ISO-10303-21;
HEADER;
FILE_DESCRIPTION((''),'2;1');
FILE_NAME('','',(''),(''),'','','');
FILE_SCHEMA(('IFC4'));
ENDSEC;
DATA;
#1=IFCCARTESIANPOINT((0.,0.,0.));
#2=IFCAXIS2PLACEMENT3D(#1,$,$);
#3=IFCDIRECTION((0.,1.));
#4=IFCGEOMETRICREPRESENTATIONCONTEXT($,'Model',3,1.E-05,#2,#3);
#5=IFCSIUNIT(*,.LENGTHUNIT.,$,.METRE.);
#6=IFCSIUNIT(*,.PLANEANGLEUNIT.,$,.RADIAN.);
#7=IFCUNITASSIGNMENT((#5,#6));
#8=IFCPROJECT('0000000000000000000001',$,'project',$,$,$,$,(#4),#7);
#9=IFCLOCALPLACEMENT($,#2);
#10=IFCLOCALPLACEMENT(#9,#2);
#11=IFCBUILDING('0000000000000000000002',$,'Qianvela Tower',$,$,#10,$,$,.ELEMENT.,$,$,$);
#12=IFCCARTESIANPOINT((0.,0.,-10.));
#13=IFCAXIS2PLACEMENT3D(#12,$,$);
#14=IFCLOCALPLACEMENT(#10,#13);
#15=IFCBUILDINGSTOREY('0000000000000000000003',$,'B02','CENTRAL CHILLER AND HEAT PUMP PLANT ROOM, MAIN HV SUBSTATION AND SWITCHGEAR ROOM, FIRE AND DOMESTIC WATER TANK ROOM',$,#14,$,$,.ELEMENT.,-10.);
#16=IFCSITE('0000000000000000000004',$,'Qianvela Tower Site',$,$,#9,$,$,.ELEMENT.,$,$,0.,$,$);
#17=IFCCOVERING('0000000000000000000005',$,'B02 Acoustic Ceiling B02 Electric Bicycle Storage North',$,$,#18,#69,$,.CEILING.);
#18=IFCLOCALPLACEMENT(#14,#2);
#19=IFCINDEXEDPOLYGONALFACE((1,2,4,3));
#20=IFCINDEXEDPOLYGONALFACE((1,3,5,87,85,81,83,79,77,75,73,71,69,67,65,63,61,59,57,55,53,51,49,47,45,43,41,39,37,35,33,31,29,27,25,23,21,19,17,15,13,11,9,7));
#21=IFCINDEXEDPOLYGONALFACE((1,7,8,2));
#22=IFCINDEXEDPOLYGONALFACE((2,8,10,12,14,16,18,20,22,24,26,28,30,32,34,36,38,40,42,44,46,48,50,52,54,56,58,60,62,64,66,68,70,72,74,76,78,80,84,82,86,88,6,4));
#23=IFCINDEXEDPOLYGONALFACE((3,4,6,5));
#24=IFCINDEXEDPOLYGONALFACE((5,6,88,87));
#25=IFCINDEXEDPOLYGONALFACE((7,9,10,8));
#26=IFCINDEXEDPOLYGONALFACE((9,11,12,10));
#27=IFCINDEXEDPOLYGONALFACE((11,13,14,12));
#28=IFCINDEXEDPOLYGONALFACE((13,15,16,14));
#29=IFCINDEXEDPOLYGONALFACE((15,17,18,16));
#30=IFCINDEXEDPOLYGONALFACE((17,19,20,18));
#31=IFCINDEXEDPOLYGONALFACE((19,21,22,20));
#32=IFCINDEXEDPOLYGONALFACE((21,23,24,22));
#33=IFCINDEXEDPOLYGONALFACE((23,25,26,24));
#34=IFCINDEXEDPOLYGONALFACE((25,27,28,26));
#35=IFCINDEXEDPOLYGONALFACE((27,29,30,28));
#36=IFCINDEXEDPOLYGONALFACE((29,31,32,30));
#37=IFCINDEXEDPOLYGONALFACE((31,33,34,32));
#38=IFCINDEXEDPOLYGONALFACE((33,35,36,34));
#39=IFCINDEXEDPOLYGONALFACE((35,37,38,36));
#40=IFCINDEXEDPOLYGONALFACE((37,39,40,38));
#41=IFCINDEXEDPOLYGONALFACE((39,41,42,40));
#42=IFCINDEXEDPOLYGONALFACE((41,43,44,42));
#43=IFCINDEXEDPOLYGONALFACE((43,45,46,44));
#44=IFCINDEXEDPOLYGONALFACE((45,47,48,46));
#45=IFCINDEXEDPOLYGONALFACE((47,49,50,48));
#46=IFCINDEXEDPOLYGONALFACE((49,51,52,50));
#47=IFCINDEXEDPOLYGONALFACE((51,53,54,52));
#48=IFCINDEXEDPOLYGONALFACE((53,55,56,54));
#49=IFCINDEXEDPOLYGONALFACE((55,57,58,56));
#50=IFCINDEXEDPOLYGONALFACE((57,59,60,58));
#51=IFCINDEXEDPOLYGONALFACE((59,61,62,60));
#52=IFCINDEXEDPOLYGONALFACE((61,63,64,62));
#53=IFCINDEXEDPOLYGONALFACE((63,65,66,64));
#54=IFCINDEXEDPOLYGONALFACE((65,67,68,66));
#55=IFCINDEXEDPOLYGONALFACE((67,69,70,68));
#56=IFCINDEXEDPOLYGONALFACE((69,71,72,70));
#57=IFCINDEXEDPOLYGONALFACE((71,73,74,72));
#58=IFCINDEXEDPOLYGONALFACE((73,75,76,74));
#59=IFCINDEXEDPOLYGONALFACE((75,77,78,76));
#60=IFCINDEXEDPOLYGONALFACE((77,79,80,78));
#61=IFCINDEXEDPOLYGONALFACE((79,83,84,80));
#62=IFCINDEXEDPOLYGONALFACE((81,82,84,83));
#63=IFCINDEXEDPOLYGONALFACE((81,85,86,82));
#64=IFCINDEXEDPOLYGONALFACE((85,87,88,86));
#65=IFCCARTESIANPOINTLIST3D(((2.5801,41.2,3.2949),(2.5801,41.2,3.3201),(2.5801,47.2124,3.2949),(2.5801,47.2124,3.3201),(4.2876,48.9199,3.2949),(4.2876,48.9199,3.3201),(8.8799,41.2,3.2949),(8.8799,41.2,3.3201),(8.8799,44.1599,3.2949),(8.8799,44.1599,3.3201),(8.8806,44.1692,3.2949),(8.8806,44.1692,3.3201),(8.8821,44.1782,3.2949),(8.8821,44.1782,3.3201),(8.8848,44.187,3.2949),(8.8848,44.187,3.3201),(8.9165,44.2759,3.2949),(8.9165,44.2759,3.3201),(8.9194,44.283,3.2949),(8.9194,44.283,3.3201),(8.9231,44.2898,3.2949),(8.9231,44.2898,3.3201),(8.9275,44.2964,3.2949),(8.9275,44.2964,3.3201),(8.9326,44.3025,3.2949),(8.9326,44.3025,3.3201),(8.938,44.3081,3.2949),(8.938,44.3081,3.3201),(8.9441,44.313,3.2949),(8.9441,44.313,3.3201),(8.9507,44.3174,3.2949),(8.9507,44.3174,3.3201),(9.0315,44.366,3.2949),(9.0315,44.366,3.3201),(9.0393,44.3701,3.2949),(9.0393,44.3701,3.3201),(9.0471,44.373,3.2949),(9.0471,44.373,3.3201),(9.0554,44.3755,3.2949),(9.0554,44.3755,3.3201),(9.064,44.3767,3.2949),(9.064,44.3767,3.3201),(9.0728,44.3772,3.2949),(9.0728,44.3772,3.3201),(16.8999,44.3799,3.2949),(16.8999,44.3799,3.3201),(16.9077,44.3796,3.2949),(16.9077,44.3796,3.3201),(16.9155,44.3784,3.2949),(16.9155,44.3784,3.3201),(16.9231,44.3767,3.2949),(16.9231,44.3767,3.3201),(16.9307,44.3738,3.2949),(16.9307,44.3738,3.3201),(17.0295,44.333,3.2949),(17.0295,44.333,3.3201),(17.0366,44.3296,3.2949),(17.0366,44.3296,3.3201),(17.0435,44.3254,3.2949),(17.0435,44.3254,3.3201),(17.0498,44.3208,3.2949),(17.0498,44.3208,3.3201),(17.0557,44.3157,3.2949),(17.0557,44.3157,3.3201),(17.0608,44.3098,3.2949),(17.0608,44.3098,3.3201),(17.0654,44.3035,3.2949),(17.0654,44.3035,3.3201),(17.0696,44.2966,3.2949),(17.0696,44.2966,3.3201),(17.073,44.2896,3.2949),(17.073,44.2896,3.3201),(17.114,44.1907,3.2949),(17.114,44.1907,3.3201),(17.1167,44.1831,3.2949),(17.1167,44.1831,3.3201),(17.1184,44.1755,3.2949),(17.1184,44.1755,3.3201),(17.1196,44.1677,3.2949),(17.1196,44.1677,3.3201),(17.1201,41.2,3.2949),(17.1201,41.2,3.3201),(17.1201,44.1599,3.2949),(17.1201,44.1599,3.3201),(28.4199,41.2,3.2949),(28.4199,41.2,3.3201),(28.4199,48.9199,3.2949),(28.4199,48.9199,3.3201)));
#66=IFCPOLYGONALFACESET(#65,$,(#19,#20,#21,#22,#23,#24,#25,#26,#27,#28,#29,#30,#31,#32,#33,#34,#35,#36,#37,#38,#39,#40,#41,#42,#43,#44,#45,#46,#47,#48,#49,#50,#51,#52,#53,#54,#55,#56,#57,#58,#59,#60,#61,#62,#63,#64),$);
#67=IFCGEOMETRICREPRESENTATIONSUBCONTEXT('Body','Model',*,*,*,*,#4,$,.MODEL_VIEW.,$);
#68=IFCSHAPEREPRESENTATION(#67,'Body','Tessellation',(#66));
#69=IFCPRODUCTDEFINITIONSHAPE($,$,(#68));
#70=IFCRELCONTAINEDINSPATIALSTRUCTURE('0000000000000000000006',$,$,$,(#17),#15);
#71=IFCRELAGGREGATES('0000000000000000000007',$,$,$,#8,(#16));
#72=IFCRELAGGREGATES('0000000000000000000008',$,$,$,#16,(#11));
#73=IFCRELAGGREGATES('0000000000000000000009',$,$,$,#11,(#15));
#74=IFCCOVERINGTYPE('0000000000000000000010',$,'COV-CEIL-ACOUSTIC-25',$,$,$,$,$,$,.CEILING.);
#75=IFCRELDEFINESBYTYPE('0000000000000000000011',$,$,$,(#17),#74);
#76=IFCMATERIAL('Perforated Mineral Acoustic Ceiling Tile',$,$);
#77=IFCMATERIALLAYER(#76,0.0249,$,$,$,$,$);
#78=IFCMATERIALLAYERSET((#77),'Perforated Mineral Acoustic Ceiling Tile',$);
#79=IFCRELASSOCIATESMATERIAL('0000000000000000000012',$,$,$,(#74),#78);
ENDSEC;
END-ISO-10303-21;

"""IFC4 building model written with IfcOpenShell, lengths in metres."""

from ifc_helpers import new_model, si_unit, direction, frame, origin, place, context, subcontext, project, spatial, polyline, outline, extrude, material, layer, layer_set, type_object, element, save


model = new_model("IFC4")

# Units and contexts
model_context = context("Model", 3, precision=1e-05, world=origin(), true_north=direction((0.0, 1.0)))
body_context = subcontext(model_context, "Body", "Model", "MODEL_VIEW")
ifc_project = project(units=[si_unit("LENGTHUNIT", "METRE"), si_unit("PLANEANGLEUNIT", "RADIAN")], contexts=[model_context])

# Site, building, storey
site_placement = place(None, origin())
site = spatial("IfcSite", under=ifc_project, at=site_placement, Name="Qianvela Tower Site", CompositionType="ELEMENT", RefElevation=0.0)
building_placement = place(site_placement, origin())
building = spatial("IfcBuilding", under=site, at=building_placement, Name="Qianvela Tower", CompositionType="ELEMENT")
storey_placement = place(building_placement, frame((0.0, 0.0, -10.0)))
storey = spatial("IfcBuildingStorey", under=building, at=storey_placement, Name="B02", Description="CENTRAL CHILLER AND HEAT PUMP PLANT ROOM, MAIN HV SUBSTATION AND SWITCHGEAR ROOM, FIRE AND DOMESTIC WATER TANK ROOM", CompositionType="ELEMENT", Elevation=-10.0)

# Covering
ifc_material_1 = material(Name="Perforated Mineral Acoustic Ceiling Tile")
ifc_layer_1 = layer(ifc_material_1, 0.0249)
ifc_layer_set_1 = layer_set([ifc_layer_1], Name="Perforated Mineral Acoustic Ceiling Tile")
covering_type_1 = type_object("IfcCoveringType", Name="COV-CEIL-ACOUSTIC-25", PredefinedType="CEILING", material=ifc_layer_set_1)
covering_1_placement = place(storey_placement, frame((0.0, 0.0, 3.2949)))
element("IfcCovering", 1, at=covering_1_placement, inside=storey, type_object=covering_type_1, Name="B02 Acoustic Ceiling B02 Electric Bicycle Storage North", PredefinedType="CEILING", context=body_context, shape_type="SweptSolid", body=[
    extrude(outline(polyline([(17.1201, 41.2), (17.1201, 44.1599), (17.1196, 44.1677), (17.1184, 44.1755), (17.1167, 44.1831), (17.114, 44.1907), (17.073, 44.2896), (17.0696, 44.2966), (17.0654, 44.3035), (17.0608, 44.3098), (17.0557, 44.3157), (17.0498, 44.3208), (17.0435, 44.3254), (17.0366, 44.3296), (17.0295, 44.333), (16.9307, 44.3738), (16.9231, 44.3767), (16.9155, 44.3784), (16.9077, 44.3796), (16.8999, 44.3799), (9.0728, 44.3772), (9.064, 44.3767), (9.0554, 44.3755), (9.0471, 44.373), (9.0393, 44.3701), (9.0315, 44.366), (8.9507, 44.3174), (8.9441, 44.313), (8.938, 44.3081), (8.9326, 44.3025), (8.9275, 44.2964), (8.9231, 44.2898), (8.9194, 44.283), (8.9165, 44.2759), (8.8848, 44.187), (8.8821, 44.1782), (8.8806, 44.1692), (8.8799, 44.1599), (8.8799, 41.2), (2.5801, 41.2), (2.5801, 47.2124), (4.2876, 48.9199), (28.4199, 48.9199), (28.4199, 41.2), (17.1201, 41.2)])), origin(), (0.0, 0.0, 1.0), 0.0251),
])

save(model, "model.ifc")
